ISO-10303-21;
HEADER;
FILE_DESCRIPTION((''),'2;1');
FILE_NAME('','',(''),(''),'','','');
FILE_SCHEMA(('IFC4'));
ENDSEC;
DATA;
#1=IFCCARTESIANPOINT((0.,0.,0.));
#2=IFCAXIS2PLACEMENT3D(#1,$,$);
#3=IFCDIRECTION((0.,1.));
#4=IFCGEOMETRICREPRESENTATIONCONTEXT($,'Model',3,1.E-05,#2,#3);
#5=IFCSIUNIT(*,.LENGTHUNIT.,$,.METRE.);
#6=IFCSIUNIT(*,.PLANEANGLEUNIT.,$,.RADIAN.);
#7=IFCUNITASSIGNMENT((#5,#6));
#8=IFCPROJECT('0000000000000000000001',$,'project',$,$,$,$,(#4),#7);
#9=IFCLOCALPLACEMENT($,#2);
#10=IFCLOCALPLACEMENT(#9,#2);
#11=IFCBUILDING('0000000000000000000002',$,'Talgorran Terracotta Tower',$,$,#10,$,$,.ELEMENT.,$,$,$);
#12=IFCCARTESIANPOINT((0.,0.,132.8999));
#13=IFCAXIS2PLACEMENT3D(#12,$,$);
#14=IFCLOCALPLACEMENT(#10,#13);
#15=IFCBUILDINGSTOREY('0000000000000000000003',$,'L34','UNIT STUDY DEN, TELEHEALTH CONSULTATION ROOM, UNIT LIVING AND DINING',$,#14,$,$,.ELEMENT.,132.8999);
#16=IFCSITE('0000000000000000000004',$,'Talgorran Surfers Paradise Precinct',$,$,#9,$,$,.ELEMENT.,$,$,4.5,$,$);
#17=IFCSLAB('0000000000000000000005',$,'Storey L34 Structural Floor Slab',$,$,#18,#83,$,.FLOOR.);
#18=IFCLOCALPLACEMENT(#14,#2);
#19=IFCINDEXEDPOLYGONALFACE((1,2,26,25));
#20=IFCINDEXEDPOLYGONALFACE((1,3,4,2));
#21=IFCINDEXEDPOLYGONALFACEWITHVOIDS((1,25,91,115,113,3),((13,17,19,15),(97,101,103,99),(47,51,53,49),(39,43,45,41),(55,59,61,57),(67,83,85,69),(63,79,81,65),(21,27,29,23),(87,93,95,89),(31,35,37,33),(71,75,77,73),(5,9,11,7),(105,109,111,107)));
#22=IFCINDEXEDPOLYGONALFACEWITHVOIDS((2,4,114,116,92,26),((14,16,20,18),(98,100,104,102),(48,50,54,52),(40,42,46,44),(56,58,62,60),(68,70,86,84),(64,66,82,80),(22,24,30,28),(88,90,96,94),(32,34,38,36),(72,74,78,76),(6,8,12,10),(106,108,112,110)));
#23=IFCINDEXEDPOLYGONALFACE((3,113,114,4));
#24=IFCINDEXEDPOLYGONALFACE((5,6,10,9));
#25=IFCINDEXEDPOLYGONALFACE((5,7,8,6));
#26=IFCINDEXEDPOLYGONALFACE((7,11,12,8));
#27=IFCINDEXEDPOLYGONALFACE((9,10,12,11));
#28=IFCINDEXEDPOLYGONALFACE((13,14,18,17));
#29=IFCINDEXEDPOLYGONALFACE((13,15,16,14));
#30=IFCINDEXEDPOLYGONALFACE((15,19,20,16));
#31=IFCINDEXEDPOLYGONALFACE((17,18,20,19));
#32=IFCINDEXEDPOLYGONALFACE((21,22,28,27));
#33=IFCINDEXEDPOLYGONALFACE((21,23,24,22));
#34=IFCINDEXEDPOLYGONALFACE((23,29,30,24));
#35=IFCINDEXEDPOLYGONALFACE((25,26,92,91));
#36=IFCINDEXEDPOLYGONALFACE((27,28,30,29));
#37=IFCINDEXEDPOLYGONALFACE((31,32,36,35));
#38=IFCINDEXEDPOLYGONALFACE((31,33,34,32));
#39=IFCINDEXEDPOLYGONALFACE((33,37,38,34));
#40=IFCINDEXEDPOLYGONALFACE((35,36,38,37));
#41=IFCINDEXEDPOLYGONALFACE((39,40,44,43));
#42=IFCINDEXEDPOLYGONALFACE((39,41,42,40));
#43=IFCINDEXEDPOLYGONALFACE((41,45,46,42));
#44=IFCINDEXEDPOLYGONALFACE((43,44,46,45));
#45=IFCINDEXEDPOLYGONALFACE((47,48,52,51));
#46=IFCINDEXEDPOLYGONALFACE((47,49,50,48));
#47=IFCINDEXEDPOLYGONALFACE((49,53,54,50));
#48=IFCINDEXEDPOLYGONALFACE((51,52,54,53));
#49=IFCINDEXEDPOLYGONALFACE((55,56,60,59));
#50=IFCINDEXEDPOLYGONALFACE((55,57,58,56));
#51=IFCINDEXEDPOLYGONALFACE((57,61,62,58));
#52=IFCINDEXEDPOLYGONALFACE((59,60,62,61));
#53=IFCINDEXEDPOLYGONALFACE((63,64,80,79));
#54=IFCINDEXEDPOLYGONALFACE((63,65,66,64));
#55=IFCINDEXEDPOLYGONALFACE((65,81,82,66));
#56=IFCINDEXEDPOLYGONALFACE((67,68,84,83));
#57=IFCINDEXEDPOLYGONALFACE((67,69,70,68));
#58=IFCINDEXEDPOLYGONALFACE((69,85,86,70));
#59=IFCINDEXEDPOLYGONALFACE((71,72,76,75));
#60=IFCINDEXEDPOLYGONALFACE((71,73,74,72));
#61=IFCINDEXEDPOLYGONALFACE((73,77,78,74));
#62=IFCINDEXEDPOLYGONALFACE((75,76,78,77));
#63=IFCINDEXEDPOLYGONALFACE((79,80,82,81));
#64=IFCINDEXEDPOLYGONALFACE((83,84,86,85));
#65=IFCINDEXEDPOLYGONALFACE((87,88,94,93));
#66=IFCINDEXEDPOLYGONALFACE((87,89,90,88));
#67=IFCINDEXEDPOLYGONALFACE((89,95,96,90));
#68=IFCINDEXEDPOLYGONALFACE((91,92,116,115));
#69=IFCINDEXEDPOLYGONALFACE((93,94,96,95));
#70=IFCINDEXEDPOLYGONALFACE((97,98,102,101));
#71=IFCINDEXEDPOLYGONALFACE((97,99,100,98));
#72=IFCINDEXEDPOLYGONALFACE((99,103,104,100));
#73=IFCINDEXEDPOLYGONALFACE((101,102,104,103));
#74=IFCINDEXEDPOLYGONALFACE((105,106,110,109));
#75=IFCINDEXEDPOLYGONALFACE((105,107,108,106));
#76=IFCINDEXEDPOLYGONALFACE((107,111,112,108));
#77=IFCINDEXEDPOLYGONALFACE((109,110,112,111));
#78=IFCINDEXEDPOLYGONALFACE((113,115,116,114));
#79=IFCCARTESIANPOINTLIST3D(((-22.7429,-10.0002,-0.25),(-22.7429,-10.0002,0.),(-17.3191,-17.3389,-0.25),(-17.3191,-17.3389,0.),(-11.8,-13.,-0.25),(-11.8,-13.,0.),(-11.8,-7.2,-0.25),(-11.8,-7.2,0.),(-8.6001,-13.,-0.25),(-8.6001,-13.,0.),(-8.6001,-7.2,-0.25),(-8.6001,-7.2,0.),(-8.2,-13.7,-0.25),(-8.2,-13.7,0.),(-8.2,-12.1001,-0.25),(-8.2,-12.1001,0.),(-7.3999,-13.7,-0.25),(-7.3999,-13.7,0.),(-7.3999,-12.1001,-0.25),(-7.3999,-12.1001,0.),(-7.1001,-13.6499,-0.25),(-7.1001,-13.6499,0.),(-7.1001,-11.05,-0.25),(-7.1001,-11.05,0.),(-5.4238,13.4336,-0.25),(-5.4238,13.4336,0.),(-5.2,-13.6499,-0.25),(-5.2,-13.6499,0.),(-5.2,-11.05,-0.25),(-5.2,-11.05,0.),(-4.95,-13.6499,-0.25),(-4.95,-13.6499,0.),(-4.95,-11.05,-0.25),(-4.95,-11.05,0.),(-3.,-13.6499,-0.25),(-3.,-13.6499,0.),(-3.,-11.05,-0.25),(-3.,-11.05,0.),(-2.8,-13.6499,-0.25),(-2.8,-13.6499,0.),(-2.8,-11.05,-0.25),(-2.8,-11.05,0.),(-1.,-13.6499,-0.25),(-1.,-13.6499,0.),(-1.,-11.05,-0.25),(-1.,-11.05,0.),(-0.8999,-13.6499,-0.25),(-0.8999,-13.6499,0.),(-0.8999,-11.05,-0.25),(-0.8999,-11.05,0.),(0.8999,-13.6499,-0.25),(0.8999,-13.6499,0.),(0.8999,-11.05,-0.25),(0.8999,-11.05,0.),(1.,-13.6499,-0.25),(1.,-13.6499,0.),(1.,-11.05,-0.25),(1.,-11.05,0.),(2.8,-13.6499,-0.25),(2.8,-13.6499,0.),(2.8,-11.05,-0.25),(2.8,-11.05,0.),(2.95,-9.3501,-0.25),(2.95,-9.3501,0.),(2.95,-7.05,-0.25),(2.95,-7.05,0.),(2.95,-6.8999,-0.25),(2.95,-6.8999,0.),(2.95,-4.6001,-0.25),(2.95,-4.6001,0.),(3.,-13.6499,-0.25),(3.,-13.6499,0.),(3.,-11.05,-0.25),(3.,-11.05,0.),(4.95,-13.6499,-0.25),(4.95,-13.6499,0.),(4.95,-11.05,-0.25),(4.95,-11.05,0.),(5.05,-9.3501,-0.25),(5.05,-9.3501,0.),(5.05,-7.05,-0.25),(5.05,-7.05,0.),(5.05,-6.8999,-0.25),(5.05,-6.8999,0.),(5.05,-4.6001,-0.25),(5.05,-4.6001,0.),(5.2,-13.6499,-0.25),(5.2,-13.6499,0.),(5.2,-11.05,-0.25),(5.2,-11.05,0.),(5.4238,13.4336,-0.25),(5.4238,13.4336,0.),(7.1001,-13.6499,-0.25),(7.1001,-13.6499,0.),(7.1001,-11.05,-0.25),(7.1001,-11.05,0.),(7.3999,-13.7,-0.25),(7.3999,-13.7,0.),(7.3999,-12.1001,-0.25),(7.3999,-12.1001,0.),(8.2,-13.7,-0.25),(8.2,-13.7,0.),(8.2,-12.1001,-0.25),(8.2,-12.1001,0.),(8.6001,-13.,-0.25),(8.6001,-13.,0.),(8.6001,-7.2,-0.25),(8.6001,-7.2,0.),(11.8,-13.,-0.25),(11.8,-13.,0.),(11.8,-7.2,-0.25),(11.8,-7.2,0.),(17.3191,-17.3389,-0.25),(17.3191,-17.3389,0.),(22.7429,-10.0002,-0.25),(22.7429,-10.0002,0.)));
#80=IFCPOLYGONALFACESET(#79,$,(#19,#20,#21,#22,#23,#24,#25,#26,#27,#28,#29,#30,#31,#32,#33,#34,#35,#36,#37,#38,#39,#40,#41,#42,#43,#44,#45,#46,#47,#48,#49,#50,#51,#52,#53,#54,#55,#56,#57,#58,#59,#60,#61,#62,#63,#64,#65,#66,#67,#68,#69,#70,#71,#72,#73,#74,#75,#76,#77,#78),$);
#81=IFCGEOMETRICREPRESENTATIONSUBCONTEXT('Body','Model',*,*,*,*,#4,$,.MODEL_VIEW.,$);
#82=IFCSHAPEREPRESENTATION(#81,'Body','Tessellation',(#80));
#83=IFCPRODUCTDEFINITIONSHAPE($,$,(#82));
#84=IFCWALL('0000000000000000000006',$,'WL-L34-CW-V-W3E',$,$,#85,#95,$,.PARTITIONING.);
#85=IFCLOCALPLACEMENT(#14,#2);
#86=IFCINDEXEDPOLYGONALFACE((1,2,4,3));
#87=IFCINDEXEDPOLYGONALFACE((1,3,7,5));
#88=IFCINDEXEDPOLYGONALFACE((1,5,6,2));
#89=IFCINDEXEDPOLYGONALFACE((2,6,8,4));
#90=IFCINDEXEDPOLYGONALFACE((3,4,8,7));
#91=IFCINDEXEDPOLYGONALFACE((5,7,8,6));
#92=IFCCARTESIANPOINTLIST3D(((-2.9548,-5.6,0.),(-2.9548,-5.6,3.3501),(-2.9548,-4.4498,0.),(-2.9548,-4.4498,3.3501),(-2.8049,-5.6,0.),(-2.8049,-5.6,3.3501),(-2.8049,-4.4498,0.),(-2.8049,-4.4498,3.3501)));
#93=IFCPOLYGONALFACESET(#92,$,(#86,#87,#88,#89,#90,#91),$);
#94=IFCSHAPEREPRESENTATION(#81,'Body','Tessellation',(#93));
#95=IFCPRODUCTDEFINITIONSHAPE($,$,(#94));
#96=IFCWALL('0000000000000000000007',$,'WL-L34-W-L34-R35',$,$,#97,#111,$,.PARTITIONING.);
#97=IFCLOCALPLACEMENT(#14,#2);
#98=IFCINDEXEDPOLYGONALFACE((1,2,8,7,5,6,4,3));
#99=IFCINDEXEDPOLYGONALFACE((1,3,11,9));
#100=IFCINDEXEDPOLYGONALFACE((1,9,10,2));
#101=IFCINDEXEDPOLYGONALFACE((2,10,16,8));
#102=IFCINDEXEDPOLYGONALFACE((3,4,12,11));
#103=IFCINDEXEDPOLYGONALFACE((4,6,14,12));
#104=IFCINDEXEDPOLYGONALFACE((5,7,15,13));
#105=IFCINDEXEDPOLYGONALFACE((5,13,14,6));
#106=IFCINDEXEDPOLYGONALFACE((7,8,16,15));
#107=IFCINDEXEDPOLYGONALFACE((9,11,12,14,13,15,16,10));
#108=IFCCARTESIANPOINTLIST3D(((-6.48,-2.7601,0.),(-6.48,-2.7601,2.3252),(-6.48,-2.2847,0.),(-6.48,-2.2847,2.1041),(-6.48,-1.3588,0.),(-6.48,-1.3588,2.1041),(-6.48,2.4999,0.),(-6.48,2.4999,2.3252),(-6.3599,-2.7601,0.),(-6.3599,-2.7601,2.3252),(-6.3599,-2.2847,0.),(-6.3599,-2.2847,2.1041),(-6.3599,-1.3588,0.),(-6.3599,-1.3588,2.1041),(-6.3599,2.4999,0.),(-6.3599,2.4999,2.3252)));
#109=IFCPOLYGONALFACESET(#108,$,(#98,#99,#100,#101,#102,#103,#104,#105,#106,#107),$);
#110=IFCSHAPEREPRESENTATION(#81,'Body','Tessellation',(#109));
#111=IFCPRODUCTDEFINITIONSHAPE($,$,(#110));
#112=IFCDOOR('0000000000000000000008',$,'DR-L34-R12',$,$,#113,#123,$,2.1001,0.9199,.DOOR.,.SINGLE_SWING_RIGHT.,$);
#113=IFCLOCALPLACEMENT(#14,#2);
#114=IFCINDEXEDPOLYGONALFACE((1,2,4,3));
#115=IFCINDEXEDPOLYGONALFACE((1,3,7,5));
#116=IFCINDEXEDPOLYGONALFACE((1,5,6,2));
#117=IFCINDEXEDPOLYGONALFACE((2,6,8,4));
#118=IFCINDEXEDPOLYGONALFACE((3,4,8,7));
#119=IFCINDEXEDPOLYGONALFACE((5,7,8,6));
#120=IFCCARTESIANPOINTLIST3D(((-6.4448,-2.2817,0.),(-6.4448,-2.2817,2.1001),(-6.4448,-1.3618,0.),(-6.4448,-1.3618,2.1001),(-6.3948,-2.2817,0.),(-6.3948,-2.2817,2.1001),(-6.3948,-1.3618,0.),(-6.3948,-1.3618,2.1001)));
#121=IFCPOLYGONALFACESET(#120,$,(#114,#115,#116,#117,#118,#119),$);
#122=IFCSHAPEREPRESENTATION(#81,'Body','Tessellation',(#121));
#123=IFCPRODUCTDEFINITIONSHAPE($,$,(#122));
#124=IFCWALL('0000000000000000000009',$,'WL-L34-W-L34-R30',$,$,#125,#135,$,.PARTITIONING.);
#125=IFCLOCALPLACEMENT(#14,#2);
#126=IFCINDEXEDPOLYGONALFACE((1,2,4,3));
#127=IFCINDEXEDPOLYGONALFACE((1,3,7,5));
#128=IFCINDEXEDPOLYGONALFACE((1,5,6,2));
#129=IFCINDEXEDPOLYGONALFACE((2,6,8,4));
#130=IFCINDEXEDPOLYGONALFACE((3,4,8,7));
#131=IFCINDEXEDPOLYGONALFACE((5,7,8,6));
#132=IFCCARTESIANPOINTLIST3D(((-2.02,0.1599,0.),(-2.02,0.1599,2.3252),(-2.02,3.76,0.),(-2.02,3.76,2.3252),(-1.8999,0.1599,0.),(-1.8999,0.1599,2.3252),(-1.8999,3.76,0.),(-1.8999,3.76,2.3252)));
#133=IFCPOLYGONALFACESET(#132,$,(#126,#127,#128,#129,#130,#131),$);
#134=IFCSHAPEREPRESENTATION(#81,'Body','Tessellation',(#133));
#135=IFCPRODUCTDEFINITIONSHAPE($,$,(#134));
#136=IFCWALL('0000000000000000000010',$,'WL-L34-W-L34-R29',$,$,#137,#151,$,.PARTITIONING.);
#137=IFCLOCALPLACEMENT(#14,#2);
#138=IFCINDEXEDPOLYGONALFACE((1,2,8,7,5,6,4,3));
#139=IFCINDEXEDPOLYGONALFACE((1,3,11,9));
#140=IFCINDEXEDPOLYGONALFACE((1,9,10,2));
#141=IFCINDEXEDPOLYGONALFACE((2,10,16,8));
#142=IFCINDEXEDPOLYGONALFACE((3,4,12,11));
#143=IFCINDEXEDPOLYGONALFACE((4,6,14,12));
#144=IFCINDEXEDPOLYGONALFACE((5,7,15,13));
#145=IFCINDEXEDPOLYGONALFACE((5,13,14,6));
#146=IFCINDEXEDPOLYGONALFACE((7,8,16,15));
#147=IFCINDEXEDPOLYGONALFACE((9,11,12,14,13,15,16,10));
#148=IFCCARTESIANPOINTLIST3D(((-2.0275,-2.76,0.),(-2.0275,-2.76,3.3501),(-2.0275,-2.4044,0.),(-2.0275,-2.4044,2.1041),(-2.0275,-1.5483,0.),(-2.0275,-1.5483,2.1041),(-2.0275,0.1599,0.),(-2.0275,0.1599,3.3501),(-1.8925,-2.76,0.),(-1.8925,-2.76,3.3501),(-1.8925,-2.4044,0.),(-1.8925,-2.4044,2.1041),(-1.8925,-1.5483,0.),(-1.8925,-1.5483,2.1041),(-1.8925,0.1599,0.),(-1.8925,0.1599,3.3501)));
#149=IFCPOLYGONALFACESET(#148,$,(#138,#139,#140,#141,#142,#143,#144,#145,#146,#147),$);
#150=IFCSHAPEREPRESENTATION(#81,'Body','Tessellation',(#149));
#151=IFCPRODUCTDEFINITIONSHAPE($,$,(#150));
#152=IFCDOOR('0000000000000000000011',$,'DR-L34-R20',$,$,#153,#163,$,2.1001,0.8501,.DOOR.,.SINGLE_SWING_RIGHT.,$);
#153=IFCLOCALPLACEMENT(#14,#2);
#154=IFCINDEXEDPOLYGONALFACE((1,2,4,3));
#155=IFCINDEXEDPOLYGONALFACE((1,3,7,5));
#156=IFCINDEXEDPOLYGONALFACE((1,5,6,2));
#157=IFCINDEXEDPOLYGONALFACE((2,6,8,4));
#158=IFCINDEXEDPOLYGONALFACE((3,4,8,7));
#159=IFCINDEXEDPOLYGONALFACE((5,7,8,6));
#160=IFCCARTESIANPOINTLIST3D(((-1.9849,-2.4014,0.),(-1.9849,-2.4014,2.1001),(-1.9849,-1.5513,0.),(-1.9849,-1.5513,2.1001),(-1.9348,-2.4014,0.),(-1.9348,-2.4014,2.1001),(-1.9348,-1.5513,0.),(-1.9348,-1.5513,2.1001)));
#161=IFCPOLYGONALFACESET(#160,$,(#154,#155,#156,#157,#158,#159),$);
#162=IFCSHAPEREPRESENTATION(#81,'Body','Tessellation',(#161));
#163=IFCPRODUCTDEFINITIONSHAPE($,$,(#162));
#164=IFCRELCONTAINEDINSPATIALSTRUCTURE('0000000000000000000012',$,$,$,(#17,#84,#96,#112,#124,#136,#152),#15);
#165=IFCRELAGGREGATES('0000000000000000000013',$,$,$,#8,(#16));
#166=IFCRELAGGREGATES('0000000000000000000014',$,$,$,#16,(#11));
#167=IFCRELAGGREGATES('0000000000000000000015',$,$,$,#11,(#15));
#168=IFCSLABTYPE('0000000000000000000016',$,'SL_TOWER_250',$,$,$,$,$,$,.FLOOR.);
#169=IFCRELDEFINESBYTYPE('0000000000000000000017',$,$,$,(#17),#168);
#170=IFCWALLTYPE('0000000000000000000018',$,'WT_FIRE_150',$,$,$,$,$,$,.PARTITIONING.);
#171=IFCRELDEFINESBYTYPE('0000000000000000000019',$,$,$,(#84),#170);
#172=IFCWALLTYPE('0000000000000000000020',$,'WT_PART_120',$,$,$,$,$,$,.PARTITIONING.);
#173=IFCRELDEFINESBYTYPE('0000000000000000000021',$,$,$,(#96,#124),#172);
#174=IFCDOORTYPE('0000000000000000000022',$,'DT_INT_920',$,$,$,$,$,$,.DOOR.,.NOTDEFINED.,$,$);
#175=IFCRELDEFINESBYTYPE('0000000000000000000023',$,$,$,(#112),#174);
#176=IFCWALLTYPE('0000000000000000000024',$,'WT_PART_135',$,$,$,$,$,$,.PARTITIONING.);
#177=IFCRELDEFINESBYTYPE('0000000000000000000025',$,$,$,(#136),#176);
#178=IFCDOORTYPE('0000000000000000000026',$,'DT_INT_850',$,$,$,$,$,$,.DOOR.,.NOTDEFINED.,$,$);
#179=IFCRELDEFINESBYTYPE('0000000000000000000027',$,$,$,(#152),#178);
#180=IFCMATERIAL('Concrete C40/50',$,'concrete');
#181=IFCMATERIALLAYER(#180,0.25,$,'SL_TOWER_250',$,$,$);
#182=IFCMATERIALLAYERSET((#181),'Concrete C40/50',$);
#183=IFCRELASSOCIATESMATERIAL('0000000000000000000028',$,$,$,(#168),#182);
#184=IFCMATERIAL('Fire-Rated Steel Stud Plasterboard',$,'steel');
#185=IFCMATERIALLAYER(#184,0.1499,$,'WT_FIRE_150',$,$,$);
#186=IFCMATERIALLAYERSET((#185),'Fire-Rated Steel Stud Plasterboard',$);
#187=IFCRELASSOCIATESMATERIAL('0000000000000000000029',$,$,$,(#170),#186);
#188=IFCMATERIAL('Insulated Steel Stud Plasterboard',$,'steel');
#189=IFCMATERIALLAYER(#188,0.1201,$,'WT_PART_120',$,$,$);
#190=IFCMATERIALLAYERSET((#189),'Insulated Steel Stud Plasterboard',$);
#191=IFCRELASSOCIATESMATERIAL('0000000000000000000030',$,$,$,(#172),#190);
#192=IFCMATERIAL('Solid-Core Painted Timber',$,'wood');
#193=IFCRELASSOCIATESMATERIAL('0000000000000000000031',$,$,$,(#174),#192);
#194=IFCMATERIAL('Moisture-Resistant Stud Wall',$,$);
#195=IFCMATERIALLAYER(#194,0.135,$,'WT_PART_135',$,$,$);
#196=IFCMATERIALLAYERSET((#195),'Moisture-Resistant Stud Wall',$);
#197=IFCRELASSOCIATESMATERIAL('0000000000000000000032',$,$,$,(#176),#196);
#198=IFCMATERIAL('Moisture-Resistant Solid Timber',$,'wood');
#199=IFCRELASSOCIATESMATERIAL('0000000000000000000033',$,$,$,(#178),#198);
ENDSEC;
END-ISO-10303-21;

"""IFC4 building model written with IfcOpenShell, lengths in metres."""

from ifc_helpers import new_model, si_unit, direction, frame, frame_2d, origin, place, context, subcontext, project, spatial, polyline, rectangle, outline, extrude, material, layer, layer_set, type_object, element, fill, save


model = new_model("IFC4")

# Units and contexts
model_context = context("Model", 3, precision=1e-05, world=origin(), true_north=direction((0.0, 1.0)))
body_context = subcontext(model_context, "Body", "Model", "MODEL_VIEW")
ifc_project = project(units=[si_unit("LENGTHUNIT", "METRE"), si_unit("PLANEANGLEUNIT", "RADIAN")], contexts=[model_context])

# Site, building, storey
site_placement = place(None, origin())
site = spatial("IfcSite", under=ifc_project, at=site_placement, Name="Talgorran Surfers Paradise Precinct", CompositionType="ELEMENT", RefElevation=4.5)
building_placement = place(site_placement, origin())
building = spatial("IfcBuilding", under=site, at=building_placement, Name="Talgorran Terracotta Tower", CompositionType="ELEMENT")
storey_placement = place(building_placement, frame((0.0, 0.0, 132.8999)))
storey = spatial("IfcBuildingStorey", under=building, at=storey_placement, Name="L34", Description="UNIT STUDY DEN, TELEHEALTH CONSULTATION ROOM, UNIT LIVING AND DINING", CompositionType="ELEMENT", Elevation=132.8999)

# Slab
ifc_material_1 = material(Name="Concrete C40/50", Category="concrete")
ifc_layer_1 = layer(ifc_material_1, 0.25, Name="SL_TOWER_250")
ifc_layer_set_1 = layer_set([ifc_layer_1], Name="Concrete C40/50")
slab_type_1 = type_object("IfcSlabType", Name="SL_TOWER_250", PredefinedType="FLOOR", material=ifc_layer_set_1)
slab_1_placement = place(storey_placement, frame((0.0, 0.0, -0.25)))
element("IfcSlab", 1, at=slab_1_placement, inside=storey, type_object=slab_type_1, Name="Storey L34 Structural Floor Slab", PredefinedType="FLOOR", context=body_context, shape_type="SweptSolid", body=[
    extrude(outline(polyline([(-22.7429, -10.0002), (-17.3191, -17.3389), (17.3191, -17.3389), (22.7429, -10.0002), (5.4238, 13.4336), (-5.4238, 13.4336), (-22.7429, -10.0002)]), holes=[polyline([(-11.8, -7.2), (-11.8, -13.0), (-8.6001, -13.0), (-8.6001, -7.2), (-11.8, -7.2)]), polyline([(8.6001, -7.2), (8.6001, -13.0), (11.8, -13.0), (11.8, -7.2), (8.6001, -7.2)]), polyline([(-7.1001, -13.6499), (-5.2, -13.6499), (-5.2, -11.05), (-7.1001, -11.05), (-7.1001, -13.6499)]), polyline([(5.2, -13.6499), (7.1001, -13.6499), (7.1001, -11.05), (5.2, -11.05), (5.2, -13.6499)]), polyline([(3.0, -13.6499), (4.95, -13.6499), (4.95, -11.05), (3.0, -11.05), (3.0, -13.6499)]), polyline([(-4.95, -13.6499), (-3.0, -13.6499), (-3.0, -11.05), (-4.95, -11.05), (-4.95, -13.6499)]), polyline([(2.95, -9.3501), (5.05, -9.3501), (5.05, -7.05), (2.95, -7.05), (2.95, -9.3501)]), polyline([(2.95, -6.8999), (5.05, -6.8999), (5.05, -4.6001), (2.95, -4.6001), (2.95, -6.8999)]), polyline([(-2.8, -13.6499), (-1.0, -13.6499), (-1.0, -11.05), (-2.8, -11.05), (-2.8, -13.6499)]), polyline([(-0.8999, -13.6499), (0.8999, -13.6499), (0.8999, -11.05), (-0.8999, -11.05), (-0.8999, -13.6499)]), polyline([(1.0, -13.6499), (2.8, -13.6499), (2.8, -11.05), (1.0, -11.05), (1.0, -13.6499)]), polyline([(-8.2, -13.7), (-7.3999, -13.7), (-7.3999, -12.1001), (-8.2, -12.1001), (-8.2, -13.7)]), polyline([(7.3999, -13.7), (8.2, -13.7), (8.2, -12.1001), (7.3999, -12.1001), (7.3999, -13.7)])]), origin(), (0.0, 0.0, 1.0), 0.25),
])

# Wall
ifc_material_2 = material(Name="Fire-Rated Steel Stud Plasterboard", Category="steel")
ifc_layer_2 = layer(ifc_material_2, 0.1499, Name="WT_FIRE_150")
ifc_layer_set_2 = layer_set([ifc_layer_2], Name="Fire-Rated Steel Stud Plasterboard")
wall_type_1 = type_object("IfcWallType", Name="WT_FIRE_150", PredefinedType="PARTITIONING", material=ifc_layer_set_2)
wall_1_placement = place(storey_placement, frame((-2.8799, -5.6001, 0.0), z_axis=(0.0, 0.0, 1.0), x_axis=(0.0, 1.0, 0.0)))
element("IfcWall", 2, at=wall_1_placement, inside=storey, type_object=wall_type_1, Name="WL-L34-CW-V-W3E", PredefinedType="PARTITIONING", context=body_context, shape_type="SweptSolid", body=[
    extrude(rectangle(XDim=1.1501, YDim=0.1499, at=frame_2d((0.5752, 0.0))), origin(), (0.0, 0.0, 1.0), 3.3501),
])

# Wall, opening, door
ifc_material_3 = material(Name="Insulated Steel Stud Plasterboard", Category="steel")
ifc_layer_3 = layer(ifc_material_3, 0.1201, Name="WT_PART_120")
ifc_layer_set_3 = layer_set([ifc_layer_3], Name="Insulated Steel Stud Plasterboard")
wall_type_2 = type_object("IfcWallType", Name="WT_PART_120", PredefinedType="PARTITIONING", material=ifc_layer_set_3)
wall_2_placement = place(storey_placement, frame((-6.4199, -2.76, 0.0), z_axis=(0.0, 0.0, 1.0), x_axis=(0.0, 1.0, 0.0)))
wall_2 = element("IfcWall", 3, at=wall_2_placement, inside=storey, type_object=wall_type_2, Name="WL-L34-W-L34-R35", PredefinedType="PARTITIONING", context=body_context, shape_type="SweptSolid", body=[
    extrude(rectangle(XDim=5.26, YDim=0.1201, at=frame_2d((2.6299, 0.0))), origin(), (0.0, 0.0, 1.0), 2.3252),
])
opening_1_placement = place(wall_2_placement, frame((0.4783, 0.0, 0.0)))
opening_1 = element("IfcOpeningElement", 4, at=opening_1_placement, cuts=wall_2, PredefinedType="OPENING", context=body_context, shape_type="SweptSolid", body=[
    extrude(rectangle(XDim=0.9259, YDim=2.1041, at=frame_2d((0.46, 1.052))), frame((0.0, 0.0701, 0.0), z_axis=(0.0, -1.0, 0.0), x_axis=(1.0, 0.0, 0.0)), (0.0, 0.0, 1.0), 0.1401),
])
ifc_material_4 = material(Name="Solid-Core Painted Timber", Category="wood")
door_type_1 = type_object("IfcDoorType", Name="DT_INT_920", OperationType="NOTDEFINED", PredefinedType="DOOR", material=ifc_material_4)
door_1_placement = place(opening_1_placement, origin())
door_1 = element("IfcDoor", 5, at=door_1_placement, inside=storey, type_object=door_type_1, Name="DR-L34-R12", OperationType="SINGLE_SWING_RIGHT", OverallHeight=2.1001, OverallWidth=0.9199, PredefinedType="DOOR", context=body_context, shape_type="SweptSolid", body=[
    extrude(rectangle(XDim=0.9199, YDim=2.1001, at=frame_2d((0.46, 1.05))), frame((0.0, 0.0249, 0.0), z_axis=(0.0, -1.0, 0.0), x_axis=(1.0, 0.0, 0.0)), (0.0, 0.0, 1.0), 0.05),
])
fill(opening_1, door_1)

# Wall
wall_3_placement = place(storey_placement, frame((-1.96, 0.1599, 0.0), z_axis=(0.0, 0.0, 1.0), x_axis=(0.0, 1.0, 0.0)))
element("IfcWall", 6, at=wall_3_placement, inside=storey, type_object=wall_type_2, Name="WL-L34-W-L34-R30", PredefinedType="PARTITIONING", context=body_context, shape_type="SweptSolid", body=[
    extrude(rectangle(XDim=3.6001, YDim=0.1201, at=frame_2d((1.8, 0.0))), origin(), (0.0, 0.0, 1.0), 2.3252),
])

# Wall, opening, door
ifc_material_5 = material(Name="Moisture-Resistant Stud Wall")
ifc_layer_4 = layer(ifc_material_5, 0.135, Name="WT_PART_135")
ifc_layer_set_4 = layer_set([ifc_layer_4], Name="Moisture-Resistant Stud Wall")
wall_type_3 = type_object("IfcWallType", Name="WT_PART_135", PredefinedType="PARTITIONING", material=ifc_layer_set_4)
wall_4_placement = place(storey_placement, frame((-1.96, -2.76, 0.0), z_axis=(0.0, 0.0, 1.0), x_axis=(0.0, 1.0, 0.0)))
wall_4 = element("IfcWall", 7, at=wall_4_placement, inside=storey, type_object=wall_type_3, Name="WL-L34-W-L34-R29", PredefinedType="PARTITIONING", context=body_context, shape_type="SweptSolid", body=[
    extrude(rectangle(XDim=2.9199, YDim=0.135, at=frame_2d((1.46, 0.0))), origin(), (0.0, 0.0, 1.0), 3.3501),
])
opening_2_placement = place(wall_4_placement, frame((0.3586, 0.0, 0.0)))
opening_2 = element("IfcOpeningElement", 8, at=opening_2_placement, cuts=wall_4, PredefinedType="OPENING", context=body_context, shape_type="SweptSolid", body=[
    extrude(rectangle(XDim=0.8561, YDim=2.1041, at=frame_2d((0.425, 1.052))), frame((0.0, 0.0776, 0.0), z_axis=(0.0, -1.0, 0.0), x_axis=(1.0, 0.0, 0.0)), (0.0, 0.0, 1.0), 0.155),
])
ifc_material_6 = material(Name="Moisture-Resistant Solid Timber", Category="wood")
door_type_2 = type_object("IfcDoorType", Name="DT_INT_850", OperationType="NOTDEFINED", PredefinedType="DOOR", material=ifc_material_6)
door_2_placement = place(opening_2_placement, origin())
door_2 = element("IfcDoor", 9, at=door_2_placement, inside=storey, type_object=door_type_2, Name="DR-L34-R20", OperationType="SINGLE_SWING_RIGHT", OverallHeight=2.1001, OverallWidth=0.8501, PredefinedType="DOOR", context=body_context, shape_type="SweptSolid", body=[
    extrude(rectangle(XDim=0.8501, YDim=2.1001, at=frame_2d((0.425, 1.05))), frame((0.0, 0.0249, 0.0), z_axis=(0.0, -1.0, 0.0), x_axis=(1.0, 0.0, 0.0)), (0.0, 0.0, 1.0), 0.05),
])
fill(opening_2, door_2)

save(model, "model.ifc")
